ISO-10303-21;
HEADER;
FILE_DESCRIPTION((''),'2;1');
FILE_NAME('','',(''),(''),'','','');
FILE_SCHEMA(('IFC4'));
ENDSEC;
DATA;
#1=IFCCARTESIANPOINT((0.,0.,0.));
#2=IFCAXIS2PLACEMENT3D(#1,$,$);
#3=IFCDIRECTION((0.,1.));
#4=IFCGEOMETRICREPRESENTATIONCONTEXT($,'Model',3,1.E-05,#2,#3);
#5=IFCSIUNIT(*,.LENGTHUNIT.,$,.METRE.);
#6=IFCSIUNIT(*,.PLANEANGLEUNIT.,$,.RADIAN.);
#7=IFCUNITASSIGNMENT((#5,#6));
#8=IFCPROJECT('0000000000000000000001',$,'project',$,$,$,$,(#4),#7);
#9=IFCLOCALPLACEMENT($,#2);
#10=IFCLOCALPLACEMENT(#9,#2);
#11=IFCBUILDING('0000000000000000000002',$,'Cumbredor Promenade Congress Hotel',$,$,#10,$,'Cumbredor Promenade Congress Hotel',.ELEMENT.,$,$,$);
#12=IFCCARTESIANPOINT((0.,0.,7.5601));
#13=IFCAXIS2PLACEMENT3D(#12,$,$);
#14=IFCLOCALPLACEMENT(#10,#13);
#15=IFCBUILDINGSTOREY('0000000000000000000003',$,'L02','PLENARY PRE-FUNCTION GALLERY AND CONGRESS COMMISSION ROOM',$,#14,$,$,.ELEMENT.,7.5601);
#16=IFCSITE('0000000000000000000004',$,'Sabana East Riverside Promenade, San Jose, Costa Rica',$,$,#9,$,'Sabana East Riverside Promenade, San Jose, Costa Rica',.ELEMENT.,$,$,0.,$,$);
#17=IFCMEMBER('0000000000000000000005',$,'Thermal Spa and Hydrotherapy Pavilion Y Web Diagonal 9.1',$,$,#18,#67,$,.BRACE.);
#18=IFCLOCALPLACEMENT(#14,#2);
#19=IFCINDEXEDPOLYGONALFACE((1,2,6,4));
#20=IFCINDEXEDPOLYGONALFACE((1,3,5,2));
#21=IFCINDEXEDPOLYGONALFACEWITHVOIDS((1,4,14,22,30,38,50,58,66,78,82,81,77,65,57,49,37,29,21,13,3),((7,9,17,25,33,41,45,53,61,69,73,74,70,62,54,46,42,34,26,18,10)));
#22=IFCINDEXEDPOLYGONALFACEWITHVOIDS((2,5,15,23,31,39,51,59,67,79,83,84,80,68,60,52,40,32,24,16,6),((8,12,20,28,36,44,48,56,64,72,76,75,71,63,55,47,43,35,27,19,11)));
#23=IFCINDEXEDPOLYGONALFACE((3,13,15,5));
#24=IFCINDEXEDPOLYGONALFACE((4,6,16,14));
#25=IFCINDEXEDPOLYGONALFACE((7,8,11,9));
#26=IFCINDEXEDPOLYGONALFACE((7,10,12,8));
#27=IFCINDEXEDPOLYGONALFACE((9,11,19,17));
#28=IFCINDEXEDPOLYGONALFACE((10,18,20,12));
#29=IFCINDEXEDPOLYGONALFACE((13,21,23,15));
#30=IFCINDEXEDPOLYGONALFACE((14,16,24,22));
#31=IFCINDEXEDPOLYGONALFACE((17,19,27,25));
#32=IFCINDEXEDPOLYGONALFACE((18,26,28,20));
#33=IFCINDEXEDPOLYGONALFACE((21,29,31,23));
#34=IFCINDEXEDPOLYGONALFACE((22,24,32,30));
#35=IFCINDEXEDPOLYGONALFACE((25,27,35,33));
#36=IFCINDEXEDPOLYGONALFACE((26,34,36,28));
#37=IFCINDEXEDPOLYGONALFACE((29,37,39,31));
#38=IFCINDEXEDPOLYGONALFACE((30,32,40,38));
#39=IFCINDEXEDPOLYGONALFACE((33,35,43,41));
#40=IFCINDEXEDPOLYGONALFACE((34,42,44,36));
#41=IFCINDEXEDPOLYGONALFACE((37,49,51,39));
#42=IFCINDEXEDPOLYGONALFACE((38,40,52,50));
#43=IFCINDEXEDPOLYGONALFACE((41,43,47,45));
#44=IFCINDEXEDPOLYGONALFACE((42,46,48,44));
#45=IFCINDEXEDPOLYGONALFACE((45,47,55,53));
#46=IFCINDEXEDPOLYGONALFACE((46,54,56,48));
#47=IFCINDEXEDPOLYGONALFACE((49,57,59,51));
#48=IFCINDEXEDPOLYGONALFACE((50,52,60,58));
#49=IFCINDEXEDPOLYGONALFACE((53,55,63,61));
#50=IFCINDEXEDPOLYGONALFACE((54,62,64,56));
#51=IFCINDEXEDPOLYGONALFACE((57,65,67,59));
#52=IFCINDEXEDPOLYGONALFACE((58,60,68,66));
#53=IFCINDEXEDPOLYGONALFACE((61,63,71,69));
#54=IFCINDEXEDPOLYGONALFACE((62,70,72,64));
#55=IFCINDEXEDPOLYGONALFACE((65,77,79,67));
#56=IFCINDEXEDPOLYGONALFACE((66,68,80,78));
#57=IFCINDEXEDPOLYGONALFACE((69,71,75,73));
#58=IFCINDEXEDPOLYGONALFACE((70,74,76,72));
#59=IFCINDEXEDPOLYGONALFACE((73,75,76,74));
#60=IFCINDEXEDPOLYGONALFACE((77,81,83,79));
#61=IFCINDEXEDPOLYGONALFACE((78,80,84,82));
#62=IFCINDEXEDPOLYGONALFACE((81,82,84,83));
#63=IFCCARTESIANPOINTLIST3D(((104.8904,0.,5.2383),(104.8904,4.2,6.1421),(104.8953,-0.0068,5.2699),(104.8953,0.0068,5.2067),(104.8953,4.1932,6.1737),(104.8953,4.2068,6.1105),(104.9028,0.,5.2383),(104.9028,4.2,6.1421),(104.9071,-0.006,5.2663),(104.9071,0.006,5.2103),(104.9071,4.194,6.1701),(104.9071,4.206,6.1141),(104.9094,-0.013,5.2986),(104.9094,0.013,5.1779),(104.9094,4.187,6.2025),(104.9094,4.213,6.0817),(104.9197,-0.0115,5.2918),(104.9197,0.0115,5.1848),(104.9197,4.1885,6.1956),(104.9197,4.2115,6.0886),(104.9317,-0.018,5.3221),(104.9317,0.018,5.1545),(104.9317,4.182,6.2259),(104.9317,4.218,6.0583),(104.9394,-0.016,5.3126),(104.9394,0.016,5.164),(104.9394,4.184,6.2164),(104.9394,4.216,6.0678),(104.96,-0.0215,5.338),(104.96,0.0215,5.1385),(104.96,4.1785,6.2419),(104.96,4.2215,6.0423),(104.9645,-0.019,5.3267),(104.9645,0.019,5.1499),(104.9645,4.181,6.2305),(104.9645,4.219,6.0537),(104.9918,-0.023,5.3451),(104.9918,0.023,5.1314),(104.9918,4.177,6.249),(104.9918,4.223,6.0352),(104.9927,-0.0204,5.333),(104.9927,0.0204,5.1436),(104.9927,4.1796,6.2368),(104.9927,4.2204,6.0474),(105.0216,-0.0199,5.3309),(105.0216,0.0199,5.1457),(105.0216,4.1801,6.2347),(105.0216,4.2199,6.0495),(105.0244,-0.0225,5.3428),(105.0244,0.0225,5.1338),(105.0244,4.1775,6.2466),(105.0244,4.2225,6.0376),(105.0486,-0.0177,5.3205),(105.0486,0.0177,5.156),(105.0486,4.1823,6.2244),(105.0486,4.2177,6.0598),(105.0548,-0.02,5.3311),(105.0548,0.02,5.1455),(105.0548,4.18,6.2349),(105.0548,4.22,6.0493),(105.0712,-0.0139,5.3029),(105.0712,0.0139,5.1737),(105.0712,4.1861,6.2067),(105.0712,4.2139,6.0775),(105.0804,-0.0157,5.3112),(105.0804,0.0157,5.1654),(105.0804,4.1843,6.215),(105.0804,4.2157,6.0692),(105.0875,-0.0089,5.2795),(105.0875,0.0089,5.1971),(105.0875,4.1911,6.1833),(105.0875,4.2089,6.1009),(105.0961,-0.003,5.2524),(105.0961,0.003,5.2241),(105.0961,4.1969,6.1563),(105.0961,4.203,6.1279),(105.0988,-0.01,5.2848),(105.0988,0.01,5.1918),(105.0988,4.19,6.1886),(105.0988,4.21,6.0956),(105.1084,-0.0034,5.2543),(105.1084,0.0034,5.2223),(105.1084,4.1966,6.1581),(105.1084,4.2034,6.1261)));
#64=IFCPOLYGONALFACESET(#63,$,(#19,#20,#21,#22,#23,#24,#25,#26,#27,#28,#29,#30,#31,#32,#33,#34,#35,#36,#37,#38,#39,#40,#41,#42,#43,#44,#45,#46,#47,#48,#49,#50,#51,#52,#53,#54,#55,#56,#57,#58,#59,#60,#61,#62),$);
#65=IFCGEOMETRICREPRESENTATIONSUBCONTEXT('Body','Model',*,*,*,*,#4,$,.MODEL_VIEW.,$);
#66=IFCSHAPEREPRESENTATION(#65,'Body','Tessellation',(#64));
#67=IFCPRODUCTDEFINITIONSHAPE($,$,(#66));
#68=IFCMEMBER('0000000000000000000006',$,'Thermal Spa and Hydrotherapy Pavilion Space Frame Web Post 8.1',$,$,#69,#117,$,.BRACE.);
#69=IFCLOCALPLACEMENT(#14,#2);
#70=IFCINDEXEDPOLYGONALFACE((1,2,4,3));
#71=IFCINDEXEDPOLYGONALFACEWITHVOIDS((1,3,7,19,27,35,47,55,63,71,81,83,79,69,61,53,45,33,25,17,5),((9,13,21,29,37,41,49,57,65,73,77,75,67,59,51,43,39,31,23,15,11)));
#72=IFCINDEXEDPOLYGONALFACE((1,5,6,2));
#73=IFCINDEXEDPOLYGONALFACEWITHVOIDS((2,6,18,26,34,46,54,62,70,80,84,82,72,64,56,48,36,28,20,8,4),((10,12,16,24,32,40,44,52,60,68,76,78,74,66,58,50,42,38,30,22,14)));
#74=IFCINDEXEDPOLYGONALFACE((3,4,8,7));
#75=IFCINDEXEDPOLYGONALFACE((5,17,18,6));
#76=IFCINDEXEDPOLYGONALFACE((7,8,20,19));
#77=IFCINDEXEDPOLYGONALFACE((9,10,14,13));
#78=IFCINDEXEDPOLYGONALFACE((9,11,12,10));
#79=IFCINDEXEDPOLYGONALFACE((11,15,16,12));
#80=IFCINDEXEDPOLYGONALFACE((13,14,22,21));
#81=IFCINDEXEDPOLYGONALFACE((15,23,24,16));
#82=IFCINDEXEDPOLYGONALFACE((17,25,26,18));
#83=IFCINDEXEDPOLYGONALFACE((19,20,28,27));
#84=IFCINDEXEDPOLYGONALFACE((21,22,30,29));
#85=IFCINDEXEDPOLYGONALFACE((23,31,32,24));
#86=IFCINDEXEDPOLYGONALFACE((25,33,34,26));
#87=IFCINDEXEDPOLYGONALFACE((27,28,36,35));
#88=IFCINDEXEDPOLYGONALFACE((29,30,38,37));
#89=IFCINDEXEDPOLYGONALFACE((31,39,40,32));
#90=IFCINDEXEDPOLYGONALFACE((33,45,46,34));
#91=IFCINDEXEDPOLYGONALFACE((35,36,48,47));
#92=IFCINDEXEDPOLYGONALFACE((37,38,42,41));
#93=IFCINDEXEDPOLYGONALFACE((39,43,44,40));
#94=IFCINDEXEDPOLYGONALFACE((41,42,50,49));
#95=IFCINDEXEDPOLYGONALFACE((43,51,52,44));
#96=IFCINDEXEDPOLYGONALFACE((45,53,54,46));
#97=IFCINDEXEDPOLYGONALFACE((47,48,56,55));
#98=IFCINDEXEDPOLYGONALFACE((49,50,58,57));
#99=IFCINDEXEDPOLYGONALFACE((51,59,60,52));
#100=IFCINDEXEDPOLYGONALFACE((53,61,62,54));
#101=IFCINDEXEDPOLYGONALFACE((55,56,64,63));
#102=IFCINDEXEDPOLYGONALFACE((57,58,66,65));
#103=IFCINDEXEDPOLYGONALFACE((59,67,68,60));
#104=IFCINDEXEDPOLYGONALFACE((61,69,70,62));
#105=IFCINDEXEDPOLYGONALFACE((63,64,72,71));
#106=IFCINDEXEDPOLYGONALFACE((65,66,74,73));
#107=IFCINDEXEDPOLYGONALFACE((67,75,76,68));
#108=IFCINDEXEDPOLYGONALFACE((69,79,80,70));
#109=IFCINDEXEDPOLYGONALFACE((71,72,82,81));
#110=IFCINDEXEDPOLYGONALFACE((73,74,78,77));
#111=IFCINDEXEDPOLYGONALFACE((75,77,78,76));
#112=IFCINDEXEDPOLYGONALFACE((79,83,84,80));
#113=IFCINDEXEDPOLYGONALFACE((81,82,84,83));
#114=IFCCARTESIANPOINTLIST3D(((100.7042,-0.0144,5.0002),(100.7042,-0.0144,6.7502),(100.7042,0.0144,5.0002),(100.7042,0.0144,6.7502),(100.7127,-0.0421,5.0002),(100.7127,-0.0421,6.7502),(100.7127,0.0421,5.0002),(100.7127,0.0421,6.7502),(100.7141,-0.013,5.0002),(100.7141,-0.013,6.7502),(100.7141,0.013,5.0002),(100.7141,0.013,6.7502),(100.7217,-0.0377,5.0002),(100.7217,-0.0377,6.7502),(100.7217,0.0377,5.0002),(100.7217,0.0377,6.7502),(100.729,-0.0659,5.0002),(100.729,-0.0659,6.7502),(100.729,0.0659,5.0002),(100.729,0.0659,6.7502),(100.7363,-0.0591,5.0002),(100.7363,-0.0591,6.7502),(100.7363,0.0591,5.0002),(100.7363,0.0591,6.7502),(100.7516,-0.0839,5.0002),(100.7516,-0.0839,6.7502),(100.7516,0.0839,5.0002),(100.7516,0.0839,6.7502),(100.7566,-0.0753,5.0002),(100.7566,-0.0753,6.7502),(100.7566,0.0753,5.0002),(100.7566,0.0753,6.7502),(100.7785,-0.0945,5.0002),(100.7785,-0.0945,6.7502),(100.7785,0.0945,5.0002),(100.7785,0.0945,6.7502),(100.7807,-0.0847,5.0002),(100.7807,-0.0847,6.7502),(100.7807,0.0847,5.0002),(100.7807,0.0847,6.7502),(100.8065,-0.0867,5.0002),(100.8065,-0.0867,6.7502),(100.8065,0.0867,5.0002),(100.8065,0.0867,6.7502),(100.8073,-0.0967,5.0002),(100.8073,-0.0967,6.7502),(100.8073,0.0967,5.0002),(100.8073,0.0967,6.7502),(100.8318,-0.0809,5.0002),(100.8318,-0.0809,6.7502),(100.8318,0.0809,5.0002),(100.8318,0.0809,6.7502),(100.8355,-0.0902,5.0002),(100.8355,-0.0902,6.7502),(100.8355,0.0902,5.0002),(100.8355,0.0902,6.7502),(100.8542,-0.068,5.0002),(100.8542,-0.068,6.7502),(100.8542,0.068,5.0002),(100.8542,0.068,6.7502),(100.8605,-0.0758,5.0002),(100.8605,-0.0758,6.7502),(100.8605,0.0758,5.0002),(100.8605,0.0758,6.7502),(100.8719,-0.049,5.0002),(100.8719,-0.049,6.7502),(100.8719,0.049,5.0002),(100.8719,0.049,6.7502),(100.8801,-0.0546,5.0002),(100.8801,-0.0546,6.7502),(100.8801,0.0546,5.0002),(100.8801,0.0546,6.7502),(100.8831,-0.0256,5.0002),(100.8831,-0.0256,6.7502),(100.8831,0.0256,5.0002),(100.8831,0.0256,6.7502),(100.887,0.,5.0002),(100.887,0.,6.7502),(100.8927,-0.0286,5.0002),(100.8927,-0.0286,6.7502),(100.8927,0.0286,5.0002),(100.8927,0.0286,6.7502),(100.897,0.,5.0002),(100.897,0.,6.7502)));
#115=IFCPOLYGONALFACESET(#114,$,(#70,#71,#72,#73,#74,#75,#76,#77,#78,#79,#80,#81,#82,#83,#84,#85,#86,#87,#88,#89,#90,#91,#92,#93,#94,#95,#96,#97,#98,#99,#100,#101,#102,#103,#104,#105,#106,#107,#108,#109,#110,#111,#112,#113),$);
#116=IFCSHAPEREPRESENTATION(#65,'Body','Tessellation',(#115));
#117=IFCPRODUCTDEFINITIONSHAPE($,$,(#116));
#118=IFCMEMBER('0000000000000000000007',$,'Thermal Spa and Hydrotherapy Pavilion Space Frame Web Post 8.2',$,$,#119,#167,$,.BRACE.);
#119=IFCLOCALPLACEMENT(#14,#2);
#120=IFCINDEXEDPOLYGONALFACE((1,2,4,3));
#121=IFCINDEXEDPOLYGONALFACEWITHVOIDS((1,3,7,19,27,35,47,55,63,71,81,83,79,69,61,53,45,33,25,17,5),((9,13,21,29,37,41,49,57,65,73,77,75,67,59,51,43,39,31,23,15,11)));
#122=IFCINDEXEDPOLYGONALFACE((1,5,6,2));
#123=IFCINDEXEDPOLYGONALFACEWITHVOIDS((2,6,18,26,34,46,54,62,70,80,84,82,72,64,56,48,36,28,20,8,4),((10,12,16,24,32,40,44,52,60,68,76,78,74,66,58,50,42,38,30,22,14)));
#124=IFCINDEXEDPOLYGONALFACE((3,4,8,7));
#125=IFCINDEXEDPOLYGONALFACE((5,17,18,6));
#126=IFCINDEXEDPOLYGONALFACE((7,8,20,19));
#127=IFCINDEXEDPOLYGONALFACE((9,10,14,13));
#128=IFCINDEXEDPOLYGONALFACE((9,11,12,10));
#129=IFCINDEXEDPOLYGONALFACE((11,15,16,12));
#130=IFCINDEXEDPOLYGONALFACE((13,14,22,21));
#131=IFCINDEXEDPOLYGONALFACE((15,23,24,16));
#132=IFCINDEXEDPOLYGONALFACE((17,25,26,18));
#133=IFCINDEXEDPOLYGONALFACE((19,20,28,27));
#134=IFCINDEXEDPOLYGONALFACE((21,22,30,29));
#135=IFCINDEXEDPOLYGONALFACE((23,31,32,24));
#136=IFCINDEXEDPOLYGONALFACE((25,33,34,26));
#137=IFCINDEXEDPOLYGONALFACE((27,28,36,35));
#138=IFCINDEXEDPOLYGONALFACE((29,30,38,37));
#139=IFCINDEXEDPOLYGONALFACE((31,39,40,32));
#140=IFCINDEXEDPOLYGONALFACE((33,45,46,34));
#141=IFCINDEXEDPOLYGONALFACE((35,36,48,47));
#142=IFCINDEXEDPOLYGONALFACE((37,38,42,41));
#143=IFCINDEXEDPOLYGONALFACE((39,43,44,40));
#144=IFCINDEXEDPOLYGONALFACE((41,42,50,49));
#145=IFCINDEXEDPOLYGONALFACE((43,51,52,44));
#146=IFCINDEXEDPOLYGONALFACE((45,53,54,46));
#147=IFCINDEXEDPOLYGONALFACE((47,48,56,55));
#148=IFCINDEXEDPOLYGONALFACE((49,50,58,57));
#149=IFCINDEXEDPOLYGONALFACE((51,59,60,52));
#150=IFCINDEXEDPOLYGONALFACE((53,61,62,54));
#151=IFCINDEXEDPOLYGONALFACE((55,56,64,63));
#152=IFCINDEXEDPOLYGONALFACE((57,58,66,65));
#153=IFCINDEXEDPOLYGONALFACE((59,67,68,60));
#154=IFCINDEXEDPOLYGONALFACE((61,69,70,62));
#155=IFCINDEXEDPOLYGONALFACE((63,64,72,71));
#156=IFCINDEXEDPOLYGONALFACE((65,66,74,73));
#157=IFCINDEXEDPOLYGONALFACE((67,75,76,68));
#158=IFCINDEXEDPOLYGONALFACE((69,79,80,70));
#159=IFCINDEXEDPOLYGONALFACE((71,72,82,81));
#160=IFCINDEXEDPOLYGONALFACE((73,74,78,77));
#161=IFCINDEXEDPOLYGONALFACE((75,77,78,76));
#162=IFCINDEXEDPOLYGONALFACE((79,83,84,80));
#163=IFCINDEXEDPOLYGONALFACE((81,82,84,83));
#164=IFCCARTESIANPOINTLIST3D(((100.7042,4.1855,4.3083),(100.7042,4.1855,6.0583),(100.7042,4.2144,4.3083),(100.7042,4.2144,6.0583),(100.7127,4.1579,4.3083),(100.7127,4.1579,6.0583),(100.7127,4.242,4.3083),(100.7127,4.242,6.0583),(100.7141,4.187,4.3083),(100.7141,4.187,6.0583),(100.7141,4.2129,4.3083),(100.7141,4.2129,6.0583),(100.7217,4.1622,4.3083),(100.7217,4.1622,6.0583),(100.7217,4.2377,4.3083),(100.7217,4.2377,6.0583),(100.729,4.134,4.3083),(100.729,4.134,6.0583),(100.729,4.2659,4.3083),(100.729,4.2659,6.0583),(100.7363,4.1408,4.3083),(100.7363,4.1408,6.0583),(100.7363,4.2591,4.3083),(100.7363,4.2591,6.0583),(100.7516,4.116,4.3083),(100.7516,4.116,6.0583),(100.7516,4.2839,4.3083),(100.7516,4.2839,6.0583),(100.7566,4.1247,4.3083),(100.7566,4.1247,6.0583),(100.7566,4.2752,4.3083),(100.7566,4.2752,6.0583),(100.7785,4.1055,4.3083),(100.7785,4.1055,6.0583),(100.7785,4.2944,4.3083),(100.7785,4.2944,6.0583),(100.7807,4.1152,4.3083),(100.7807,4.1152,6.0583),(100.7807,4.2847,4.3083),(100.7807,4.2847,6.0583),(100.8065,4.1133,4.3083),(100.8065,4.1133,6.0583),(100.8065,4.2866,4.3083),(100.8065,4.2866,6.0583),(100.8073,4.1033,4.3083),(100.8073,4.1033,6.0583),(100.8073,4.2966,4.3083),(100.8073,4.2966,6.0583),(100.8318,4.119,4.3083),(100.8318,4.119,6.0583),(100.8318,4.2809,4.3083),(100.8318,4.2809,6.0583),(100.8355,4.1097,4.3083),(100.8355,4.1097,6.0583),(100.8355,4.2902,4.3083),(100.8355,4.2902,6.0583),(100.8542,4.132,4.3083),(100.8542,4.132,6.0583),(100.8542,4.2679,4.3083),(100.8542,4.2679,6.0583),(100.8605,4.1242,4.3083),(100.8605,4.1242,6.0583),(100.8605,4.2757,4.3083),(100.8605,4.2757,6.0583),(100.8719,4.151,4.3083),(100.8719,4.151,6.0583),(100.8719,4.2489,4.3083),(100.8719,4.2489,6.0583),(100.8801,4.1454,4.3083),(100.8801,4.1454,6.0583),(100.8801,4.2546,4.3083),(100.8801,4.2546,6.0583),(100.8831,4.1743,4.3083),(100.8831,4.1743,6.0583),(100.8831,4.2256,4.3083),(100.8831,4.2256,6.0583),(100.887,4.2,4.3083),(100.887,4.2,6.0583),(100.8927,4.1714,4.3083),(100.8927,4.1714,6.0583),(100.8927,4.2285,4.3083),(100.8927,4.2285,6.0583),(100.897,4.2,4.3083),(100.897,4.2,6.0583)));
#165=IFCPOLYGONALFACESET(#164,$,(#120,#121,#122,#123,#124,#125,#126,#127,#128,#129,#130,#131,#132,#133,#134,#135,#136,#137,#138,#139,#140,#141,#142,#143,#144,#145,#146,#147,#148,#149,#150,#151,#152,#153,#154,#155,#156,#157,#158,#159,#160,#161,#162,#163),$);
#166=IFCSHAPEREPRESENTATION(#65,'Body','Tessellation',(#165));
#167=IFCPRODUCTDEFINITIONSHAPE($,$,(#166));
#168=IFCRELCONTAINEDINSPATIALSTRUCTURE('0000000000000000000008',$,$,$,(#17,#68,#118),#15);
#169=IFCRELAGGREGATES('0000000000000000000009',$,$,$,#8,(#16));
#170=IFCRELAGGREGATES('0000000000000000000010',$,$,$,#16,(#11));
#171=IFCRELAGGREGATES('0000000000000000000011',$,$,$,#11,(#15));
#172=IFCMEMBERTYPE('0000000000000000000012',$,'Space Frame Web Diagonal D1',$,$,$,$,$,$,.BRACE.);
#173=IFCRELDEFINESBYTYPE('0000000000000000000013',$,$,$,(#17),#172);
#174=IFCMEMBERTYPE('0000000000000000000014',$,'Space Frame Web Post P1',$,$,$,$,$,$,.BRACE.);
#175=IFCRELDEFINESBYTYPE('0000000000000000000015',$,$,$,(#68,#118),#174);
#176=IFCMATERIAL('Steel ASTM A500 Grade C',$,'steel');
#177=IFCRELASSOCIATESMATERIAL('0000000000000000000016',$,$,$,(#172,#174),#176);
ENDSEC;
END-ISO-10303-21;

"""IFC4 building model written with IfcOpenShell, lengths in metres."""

from ifc_helpers import new_model, si_unit, direction, frame, origin, origin_2d, place, context, subcontext, project, spatial, hollow_circle, extrude, material, material_profile, profile_set, type_object, element, save


model = new_model("IFC4")

# Units and contexts
model_context = context("Model", 3, precision=1e-05, world=origin(), true_north=direction((0.0, 1.0)))
body_context = subcontext(model_context, "Body", "Model", "MODEL_VIEW")
ifc_project = project(units=[si_unit("LENGTHUNIT", "METRE"), si_unit("PLANEANGLEUNIT", "RADIAN")], contexts=[model_context])

# Site, building, storey
site_placement = place(None, origin())
site = spatial("IfcSite", under=ifc_project, at=site_placement, Name="Sabana East Riverside Promenade, San Jose, Costa Rica", LongName="Sabana East Riverside Promenade, San Jose, Costa Rica", CompositionType="ELEMENT", RefElevation=0.0)
building_placement = place(site_placement, origin())
building = spatial("IfcBuilding", under=site, at=building_placement, Name="Cumbredor Promenade Congress Hotel", LongName="Cumbredor Promenade Congress Hotel", CompositionType="ELEMENT")
storey_placement = place(building_placement, frame((0.0, 0.0, 7.5601)))
storey = spatial("IfcBuildingStorey", under=building, at=storey_placement, Name="L02", Description="PLENARY PRE-FUNCTION GALLERY AND CONGRESS COMMISSION ROOM", CompositionType="ELEMENT", Elevation=7.5601)

# Members
ifc_material_1 = material(Name="Steel ASTM A500 Grade C", Category="steel")
ifc_material_profile_1 = material_profile(ifc_material_1, hollow_circle(Radius=0.1096, WallThickness=0.0125, at=origin_2d()), Name="CHS 219.1x12.5")
ifc_profile_set_1 = profile_set([ifc_material_profile_1], Name="Steel ASTM A500 Grade C")
member_type_1 = type_object("IfcMemberType", Name="Space Frame Web Diagonal D1", PredefinedType="BRACE", material=ifc_profile_set_1)
member_1_placement = place(storey_placement, frame((105.0, 0.0, 5.2383), z_axis=(0.0, 0.97762, 0.210379), x_axis=(-1.0, 0.0, 0.0)))
element("IfcMember", 1, at=member_1_placement, inside=storey, type_object=member_type_1, Name="Thermal Spa and Hydrotherapy Pavilion Y Web Diagonal 9.1", PredefinedType="BRACE", context=body_context, shape_type="SweptSolid", body=[
    extrude(hollow_circle(Radius=0.1096, WallThickness=0.0125, at=origin_2d()), origin(), (0.0, 0.0, 1.0), 4.2961),
])
ifc_material_profile_2 = material_profile(ifc_material_1, hollow_circle(Radius=0.0969, WallThickness=0.01, at=origin_2d()), Name="CHS 193.7x10")
ifc_profile_set_2 = profile_set([ifc_material_profile_2], Name="Steel ASTM A500 Grade C")
member_type_2 = type_object("IfcMemberType", Name="Space Frame Web Post P1", PredefinedType="BRACE", material=ifc_profile_set_2)
for number, where, z_axis, x_axis, name in (
    (2, (100.8, 0.0, 5.0002), (0.0, 0.0, 1.0), (1.0, 0.0, 0.0), "Thermal Spa and Hydrotherapy Pavilion Space Frame Web Post 8.1"),
    (3, (100.8, 4.2, 4.3083), (0.0, 0.0, 1.0), (1.0, 0.0, 0.0), "Thermal Spa and Hydrotherapy Pavilion Space Frame Web Post 8.2"),
):
    element("IfcMember", number, at=place(storey_placement, frame(where, z_axis=z_axis, x_axis=x_axis)), inside=storey, type_object=member_type_2, Name=name, PredefinedType="BRACE", context=body_context, shape_type="SweptSolid", body=[
        extrude(hollow_circle(Radius=0.0969, WallThickness=0.01, at=origin_2d()), origin(), (0.0, 0.0, 1.0), 1.75),
    ])

save(model, "model.ifc")
